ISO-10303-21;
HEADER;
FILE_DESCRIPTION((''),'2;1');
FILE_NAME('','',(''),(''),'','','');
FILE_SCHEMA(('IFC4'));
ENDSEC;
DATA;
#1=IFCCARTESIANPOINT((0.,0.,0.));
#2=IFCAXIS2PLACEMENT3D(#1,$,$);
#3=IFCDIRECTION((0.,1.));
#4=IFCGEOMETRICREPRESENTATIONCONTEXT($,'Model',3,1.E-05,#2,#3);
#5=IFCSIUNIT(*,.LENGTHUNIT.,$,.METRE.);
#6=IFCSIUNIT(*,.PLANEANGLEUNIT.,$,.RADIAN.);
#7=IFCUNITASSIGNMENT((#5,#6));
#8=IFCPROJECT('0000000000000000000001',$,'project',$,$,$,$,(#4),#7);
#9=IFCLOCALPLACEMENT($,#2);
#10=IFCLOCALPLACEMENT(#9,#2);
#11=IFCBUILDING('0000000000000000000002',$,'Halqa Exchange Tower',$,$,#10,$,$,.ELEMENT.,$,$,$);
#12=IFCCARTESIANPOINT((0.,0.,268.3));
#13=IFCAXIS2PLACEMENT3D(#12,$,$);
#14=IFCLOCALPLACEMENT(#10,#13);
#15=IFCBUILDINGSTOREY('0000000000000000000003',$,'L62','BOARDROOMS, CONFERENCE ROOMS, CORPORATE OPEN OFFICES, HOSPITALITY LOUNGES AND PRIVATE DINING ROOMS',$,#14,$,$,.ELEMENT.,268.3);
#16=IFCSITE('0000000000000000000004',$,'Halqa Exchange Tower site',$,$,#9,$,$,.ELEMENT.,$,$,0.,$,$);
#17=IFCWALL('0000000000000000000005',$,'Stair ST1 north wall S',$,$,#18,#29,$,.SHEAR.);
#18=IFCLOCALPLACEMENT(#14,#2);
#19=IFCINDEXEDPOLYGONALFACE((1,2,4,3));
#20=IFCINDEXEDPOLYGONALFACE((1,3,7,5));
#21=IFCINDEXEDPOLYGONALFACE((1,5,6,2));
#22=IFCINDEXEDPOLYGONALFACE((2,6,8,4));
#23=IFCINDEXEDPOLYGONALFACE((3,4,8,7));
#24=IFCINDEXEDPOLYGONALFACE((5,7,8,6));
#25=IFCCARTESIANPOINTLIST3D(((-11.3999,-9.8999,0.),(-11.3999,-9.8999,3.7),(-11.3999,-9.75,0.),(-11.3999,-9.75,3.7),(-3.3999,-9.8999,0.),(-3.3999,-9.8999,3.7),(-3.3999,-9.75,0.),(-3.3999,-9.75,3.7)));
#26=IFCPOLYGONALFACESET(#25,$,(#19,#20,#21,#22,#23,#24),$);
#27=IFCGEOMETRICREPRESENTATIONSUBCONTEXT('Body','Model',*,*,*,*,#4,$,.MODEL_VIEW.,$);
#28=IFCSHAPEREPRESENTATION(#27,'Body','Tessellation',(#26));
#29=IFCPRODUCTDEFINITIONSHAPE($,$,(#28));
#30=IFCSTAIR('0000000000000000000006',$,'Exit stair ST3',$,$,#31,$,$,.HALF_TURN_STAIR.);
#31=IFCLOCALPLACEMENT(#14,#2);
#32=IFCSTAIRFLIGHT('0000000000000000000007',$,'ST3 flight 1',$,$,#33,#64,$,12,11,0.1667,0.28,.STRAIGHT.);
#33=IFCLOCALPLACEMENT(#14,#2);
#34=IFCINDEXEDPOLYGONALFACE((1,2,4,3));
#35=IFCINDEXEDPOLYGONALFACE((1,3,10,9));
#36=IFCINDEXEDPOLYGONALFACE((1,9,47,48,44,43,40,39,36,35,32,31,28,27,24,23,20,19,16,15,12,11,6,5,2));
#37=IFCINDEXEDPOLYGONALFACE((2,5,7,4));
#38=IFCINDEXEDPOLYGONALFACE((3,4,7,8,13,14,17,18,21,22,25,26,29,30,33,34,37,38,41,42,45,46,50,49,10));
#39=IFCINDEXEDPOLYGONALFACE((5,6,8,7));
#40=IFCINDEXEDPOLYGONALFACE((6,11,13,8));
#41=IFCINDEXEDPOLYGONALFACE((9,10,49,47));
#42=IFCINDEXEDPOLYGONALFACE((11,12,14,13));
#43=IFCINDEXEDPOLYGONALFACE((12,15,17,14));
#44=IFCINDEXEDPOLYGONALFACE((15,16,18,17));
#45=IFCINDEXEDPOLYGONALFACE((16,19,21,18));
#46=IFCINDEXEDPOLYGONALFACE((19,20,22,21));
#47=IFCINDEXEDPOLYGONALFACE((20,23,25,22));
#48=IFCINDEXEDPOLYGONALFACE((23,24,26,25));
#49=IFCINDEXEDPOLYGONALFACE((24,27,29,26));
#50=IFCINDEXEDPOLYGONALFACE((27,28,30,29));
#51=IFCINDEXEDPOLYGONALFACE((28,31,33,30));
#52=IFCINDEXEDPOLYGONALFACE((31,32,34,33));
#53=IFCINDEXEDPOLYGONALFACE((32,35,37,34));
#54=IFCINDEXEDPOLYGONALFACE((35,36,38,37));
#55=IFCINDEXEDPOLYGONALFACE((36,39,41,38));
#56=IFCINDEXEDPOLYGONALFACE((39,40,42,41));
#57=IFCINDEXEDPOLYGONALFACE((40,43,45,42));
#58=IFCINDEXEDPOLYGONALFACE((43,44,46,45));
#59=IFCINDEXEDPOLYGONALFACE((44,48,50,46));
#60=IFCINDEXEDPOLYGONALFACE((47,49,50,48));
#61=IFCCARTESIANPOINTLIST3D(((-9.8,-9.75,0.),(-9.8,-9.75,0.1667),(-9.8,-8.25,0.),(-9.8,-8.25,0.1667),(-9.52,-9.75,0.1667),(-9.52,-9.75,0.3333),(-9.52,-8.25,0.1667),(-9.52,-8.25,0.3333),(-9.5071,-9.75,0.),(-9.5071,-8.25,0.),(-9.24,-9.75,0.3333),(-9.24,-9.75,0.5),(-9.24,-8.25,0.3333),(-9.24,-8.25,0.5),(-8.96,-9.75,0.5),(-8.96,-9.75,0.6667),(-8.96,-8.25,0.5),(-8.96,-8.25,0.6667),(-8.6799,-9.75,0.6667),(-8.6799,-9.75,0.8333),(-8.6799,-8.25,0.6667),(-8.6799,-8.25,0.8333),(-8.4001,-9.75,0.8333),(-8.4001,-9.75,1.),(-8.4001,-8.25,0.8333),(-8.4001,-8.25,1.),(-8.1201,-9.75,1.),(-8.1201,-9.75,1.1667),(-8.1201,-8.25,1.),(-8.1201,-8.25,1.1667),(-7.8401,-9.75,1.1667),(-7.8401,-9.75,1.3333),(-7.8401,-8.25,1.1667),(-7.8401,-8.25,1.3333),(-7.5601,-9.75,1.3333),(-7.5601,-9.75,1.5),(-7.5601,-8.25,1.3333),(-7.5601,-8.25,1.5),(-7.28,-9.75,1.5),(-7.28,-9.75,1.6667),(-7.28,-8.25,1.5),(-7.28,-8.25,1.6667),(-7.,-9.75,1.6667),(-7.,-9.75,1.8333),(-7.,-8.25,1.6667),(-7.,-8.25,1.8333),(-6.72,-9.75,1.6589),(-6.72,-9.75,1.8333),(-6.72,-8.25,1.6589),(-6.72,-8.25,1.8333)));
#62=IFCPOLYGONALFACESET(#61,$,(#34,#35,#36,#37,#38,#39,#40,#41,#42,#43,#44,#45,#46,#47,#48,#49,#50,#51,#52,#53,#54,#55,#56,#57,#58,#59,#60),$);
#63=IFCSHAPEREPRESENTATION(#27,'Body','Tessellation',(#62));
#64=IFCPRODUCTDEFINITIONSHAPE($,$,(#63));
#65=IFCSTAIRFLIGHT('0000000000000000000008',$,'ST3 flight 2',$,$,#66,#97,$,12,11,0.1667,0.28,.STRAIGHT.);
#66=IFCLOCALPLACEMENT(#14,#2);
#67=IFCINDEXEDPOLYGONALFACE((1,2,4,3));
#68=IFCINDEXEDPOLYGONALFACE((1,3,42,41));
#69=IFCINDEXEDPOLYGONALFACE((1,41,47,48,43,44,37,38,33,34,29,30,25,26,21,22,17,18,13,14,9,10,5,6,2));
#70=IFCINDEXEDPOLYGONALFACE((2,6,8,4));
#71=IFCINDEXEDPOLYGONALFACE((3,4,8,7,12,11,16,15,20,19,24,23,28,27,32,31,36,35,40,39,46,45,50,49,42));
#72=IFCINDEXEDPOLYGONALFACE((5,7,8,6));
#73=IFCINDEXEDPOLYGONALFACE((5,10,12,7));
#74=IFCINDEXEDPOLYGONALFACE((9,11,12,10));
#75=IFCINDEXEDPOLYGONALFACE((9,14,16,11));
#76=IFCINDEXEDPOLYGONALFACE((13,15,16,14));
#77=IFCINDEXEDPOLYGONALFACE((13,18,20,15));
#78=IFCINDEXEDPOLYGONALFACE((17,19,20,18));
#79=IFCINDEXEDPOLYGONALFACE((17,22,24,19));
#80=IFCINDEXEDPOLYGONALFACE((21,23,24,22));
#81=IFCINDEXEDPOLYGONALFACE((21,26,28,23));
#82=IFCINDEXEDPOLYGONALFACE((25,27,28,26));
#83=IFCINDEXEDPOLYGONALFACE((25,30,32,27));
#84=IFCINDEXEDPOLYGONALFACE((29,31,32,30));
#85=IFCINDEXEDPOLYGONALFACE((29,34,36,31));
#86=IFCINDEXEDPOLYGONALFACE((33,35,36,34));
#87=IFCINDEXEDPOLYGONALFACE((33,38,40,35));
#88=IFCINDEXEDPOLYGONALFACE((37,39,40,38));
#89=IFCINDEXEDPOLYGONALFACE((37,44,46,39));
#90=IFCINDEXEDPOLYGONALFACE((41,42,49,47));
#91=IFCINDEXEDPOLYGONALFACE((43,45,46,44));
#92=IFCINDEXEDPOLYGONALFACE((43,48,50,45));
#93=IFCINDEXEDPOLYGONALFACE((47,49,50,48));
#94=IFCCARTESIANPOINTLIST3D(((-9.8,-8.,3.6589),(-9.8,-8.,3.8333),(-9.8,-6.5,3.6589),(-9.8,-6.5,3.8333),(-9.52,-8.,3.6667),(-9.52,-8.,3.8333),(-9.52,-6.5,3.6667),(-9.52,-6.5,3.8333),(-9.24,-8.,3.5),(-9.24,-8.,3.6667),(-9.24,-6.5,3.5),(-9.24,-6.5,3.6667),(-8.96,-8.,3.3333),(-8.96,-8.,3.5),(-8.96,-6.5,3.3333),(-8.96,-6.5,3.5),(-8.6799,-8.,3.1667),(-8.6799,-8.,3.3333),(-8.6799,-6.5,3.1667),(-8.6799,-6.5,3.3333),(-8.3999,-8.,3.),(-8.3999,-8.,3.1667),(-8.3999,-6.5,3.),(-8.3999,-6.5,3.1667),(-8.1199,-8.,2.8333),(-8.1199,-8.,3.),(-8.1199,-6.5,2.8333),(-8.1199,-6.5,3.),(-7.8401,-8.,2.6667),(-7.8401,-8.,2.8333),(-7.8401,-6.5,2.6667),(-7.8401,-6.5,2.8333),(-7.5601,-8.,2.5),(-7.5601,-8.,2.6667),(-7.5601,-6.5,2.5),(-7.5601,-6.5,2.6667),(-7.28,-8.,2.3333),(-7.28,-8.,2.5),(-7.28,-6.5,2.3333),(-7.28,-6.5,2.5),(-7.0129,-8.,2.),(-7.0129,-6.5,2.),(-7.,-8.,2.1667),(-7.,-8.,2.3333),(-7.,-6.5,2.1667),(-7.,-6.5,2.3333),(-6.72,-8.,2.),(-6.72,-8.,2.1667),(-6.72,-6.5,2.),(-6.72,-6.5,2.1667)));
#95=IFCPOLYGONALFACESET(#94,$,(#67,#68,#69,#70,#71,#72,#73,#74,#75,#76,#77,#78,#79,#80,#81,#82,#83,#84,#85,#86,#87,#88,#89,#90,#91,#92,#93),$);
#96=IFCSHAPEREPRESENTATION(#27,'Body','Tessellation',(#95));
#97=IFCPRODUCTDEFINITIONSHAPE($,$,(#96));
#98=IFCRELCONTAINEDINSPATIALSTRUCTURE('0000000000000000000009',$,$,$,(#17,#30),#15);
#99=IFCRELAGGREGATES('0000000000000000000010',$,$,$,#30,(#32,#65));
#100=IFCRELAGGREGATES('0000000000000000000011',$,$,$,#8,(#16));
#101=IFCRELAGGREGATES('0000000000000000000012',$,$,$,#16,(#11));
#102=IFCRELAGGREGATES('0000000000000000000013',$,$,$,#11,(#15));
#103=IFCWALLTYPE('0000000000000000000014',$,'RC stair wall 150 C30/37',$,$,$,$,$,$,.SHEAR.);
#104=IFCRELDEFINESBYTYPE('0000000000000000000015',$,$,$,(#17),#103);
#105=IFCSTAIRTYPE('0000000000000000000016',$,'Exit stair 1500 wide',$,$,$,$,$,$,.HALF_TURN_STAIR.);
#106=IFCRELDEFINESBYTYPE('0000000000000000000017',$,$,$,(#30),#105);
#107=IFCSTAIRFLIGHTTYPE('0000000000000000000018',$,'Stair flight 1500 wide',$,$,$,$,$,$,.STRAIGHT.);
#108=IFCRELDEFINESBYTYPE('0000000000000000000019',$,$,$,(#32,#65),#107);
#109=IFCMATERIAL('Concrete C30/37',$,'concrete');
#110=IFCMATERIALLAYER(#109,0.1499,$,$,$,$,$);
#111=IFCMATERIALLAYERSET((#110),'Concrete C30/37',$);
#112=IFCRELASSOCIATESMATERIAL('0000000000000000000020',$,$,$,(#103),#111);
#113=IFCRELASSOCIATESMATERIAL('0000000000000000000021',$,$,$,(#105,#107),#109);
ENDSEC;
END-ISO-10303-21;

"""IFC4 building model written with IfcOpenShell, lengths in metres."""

from ifc_helpers import new_model, si_unit, direction, frame, frame_2d, origin, place, context, subcontext, project, spatial, polyline, rectangle, outline, extrude, material, layer, layer_set, type_object, element, aggregate, save


model = new_model("IFC4")

# Units and contexts
model_context = context("Model", 3, precision=1e-05, world=origin(), true_north=direction((0.0, 1.0)))
body_context = subcontext(model_context, "Body", "Model", "MODEL_VIEW")
ifc_project = project(units=[si_unit("LENGTHUNIT", "METRE"), si_unit("PLANEANGLEUNIT", "RADIAN")], contexts=[model_context])

# Site, building, storey
site_placement = place(None, origin())
site = spatial("IfcSite", under=ifc_project, at=site_placement, Name="Halqa Exchange Tower site", CompositionType="ELEMENT", RefElevation=0.0)
building_placement = place(site_placement, origin())
building = spatial("IfcBuilding", under=site, at=building_placement, Name="Halqa Exchange Tower", CompositionType="ELEMENT")
storey_placement = place(building_placement, frame((0.0, 0.0, 268.3)))
storey = spatial("IfcBuildingStorey", under=building, at=storey_placement, Name="L62", Description="BOARDROOMS, CONFERENCE ROOMS, CORPORATE OPEN OFFICES, HOSPITALITY LOUNGES AND PRIVATE DINING ROOMS", CompositionType="ELEMENT", Elevation=268.3)

# Wall
ifc_material_1 = material(Name="Concrete C30/37", Category="concrete")
ifc_layer_1 = layer(ifc_material_1, 0.1499)
ifc_layer_set_1 = layer_set([ifc_layer_1], Name="Concrete C30/37")
wall_type_1 = type_object("IfcWallType", Name="RC stair wall 150 C30/37", PredefinedType="SHEAR", material=ifc_layer_set_1)
wall_1_placement = place(storey_placement, frame((-11.3999, -9.825, 0.0), z_axis=(0.0, 0.0, 1.0), x_axis=(1.0, 0.0, 0.0)))
element("IfcWall", 1, at=wall_1_placement, inside=storey, type_object=wall_type_1, Name="Stair ST1 north wall S", PredefinedType="SHEAR", context=body_context, shape_type="SweptSolid", body=[
    extrude(rectangle(XDim=8.0, YDim=0.1499, at=frame_2d((4.0, 0.0))), origin(), (0.0, 0.0, 1.0), 3.7),
])

# Stair, stair flights
stair_type = type_object("IfcStairType", Name="Exit stair 1500 wide", PredefinedType="HALF_TURN_STAIR", material=ifc_material_1)
stair_placement = place(storey_placement, origin())
stair = element("IfcStair", 2, at=stair_placement, inside=storey, type_object=stair_type, Name="Exit stair ST3", PredefinedType="HALF_TURN_STAIR")
stair_flight_type = type_object("IfcStairFlightType", Name="Stair flight 1500 wide", PredefinedType="STRAIGHT", material=ifc_material_1)
stair_flight_1_placement = place(storey_placement, frame((-9.8, -9.0, 0.0), z_axis=(0.0, 0.0, 1.0), x_axis=(1.0, 0.0, 0.0)))
stair_flight_1 = element("IfcStairFlight", 3, at=stair_flight_1_placement, type_object=stair_flight_type, Name="ST3 flight 1", NumberOfRisers=12, NumberOfTreads=11, PredefinedType="STRAIGHT", RiserHeight=0.1667, TreadLength=0.28, context=body_context, shape_type="SweptSolid", body=[
    extrude(outline(polyline([(0.0, 0.0), (0.0, 0.1667), (0.28, 0.1667), (0.28, 0.3333), (0.5601, 0.3333), (0.5601, 0.5), (0.8401, 0.5), (0.8401, 0.6667), (1.1201, 0.6667), (1.1201, 0.8333), (1.3999, 0.8333), (1.3999, 1.0), (1.6799, 1.0), (1.6799, 1.1667), (1.96, 1.1667), (1.96, 1.3333), (2.24, 1.3333), (2.24, 1.5), (2.52, 1.5), (2.52, 1.6667), (2.8, 1.6667), (2.8, 1.8333), (3.0801, 1.8333), (3.0801, 2.0), (3.0801, 1.6589), (0.293, 0.0), (0.0, 0.0)])), frame((0.0, 0.75, 0.0), z_axis=(0.0, -1.0, 0.0), x_axis=(1.0, 0.0, 0.0)), (0.0, 0.0, 1.0), 1.5),
])
stair_flight_2_placement = place(storey_placement, frame((-6.72, -7.25, 2.0), z_axis=(0.0, 0.0, 1.0), x_axis=(-1.0, 0.0, 0.0)))
stair_flight_2 = element("IfcStairFlight", 4, at=stair_flight_2_placement, type_object=stair_flight_type, Name="ST3 flight 2", NumberOfRisers=12, NumberOfTreads=11, PredefinedType="STRAIGHT", RiserHeight=0.1667, TreadLength=0.28, context=body_context, shape_type="SweptSolid", body=[
    extrude(outline(polyline([(0.0, 0.0), (0.0, 0.1667), (0.28, 0.1667), (0.28, 0.3333), (0.5601, 0.3333), (0.5601, 0.5), (0.8401, 0.5), (0.8401, 0.6667), (1.1201, 0.6667), (1.1201, 0.8333), (1.3999, 0.8333), (1.3999, 1.0), (1.6799, 1.0), (1.6799, 1.1667), (1.96, 1.1667), (1.96, 1.3333), (2.24, 1.3333), (2.24, 1.5), (2.52, 1.5), (2.52, 1.6667), (2.8, 1.6667), (2.8, 1.8333), (3.0801, 1.8333), (3.0801, 2.0), (3.0801, 1.6589), (0.293, 0.0), (0.0, 0.0)])), frame((0.0, 0.75, 0.0), z_axis=(0.0, -1.0, 0.0), x_axis=(1.0, 0.0, 0.0)), (0.0, 0.0, 1.0), 1.5),
])
aggregate(stair, [stair_flight_1, stair_flight_2])

save(model, "model.ifc")
